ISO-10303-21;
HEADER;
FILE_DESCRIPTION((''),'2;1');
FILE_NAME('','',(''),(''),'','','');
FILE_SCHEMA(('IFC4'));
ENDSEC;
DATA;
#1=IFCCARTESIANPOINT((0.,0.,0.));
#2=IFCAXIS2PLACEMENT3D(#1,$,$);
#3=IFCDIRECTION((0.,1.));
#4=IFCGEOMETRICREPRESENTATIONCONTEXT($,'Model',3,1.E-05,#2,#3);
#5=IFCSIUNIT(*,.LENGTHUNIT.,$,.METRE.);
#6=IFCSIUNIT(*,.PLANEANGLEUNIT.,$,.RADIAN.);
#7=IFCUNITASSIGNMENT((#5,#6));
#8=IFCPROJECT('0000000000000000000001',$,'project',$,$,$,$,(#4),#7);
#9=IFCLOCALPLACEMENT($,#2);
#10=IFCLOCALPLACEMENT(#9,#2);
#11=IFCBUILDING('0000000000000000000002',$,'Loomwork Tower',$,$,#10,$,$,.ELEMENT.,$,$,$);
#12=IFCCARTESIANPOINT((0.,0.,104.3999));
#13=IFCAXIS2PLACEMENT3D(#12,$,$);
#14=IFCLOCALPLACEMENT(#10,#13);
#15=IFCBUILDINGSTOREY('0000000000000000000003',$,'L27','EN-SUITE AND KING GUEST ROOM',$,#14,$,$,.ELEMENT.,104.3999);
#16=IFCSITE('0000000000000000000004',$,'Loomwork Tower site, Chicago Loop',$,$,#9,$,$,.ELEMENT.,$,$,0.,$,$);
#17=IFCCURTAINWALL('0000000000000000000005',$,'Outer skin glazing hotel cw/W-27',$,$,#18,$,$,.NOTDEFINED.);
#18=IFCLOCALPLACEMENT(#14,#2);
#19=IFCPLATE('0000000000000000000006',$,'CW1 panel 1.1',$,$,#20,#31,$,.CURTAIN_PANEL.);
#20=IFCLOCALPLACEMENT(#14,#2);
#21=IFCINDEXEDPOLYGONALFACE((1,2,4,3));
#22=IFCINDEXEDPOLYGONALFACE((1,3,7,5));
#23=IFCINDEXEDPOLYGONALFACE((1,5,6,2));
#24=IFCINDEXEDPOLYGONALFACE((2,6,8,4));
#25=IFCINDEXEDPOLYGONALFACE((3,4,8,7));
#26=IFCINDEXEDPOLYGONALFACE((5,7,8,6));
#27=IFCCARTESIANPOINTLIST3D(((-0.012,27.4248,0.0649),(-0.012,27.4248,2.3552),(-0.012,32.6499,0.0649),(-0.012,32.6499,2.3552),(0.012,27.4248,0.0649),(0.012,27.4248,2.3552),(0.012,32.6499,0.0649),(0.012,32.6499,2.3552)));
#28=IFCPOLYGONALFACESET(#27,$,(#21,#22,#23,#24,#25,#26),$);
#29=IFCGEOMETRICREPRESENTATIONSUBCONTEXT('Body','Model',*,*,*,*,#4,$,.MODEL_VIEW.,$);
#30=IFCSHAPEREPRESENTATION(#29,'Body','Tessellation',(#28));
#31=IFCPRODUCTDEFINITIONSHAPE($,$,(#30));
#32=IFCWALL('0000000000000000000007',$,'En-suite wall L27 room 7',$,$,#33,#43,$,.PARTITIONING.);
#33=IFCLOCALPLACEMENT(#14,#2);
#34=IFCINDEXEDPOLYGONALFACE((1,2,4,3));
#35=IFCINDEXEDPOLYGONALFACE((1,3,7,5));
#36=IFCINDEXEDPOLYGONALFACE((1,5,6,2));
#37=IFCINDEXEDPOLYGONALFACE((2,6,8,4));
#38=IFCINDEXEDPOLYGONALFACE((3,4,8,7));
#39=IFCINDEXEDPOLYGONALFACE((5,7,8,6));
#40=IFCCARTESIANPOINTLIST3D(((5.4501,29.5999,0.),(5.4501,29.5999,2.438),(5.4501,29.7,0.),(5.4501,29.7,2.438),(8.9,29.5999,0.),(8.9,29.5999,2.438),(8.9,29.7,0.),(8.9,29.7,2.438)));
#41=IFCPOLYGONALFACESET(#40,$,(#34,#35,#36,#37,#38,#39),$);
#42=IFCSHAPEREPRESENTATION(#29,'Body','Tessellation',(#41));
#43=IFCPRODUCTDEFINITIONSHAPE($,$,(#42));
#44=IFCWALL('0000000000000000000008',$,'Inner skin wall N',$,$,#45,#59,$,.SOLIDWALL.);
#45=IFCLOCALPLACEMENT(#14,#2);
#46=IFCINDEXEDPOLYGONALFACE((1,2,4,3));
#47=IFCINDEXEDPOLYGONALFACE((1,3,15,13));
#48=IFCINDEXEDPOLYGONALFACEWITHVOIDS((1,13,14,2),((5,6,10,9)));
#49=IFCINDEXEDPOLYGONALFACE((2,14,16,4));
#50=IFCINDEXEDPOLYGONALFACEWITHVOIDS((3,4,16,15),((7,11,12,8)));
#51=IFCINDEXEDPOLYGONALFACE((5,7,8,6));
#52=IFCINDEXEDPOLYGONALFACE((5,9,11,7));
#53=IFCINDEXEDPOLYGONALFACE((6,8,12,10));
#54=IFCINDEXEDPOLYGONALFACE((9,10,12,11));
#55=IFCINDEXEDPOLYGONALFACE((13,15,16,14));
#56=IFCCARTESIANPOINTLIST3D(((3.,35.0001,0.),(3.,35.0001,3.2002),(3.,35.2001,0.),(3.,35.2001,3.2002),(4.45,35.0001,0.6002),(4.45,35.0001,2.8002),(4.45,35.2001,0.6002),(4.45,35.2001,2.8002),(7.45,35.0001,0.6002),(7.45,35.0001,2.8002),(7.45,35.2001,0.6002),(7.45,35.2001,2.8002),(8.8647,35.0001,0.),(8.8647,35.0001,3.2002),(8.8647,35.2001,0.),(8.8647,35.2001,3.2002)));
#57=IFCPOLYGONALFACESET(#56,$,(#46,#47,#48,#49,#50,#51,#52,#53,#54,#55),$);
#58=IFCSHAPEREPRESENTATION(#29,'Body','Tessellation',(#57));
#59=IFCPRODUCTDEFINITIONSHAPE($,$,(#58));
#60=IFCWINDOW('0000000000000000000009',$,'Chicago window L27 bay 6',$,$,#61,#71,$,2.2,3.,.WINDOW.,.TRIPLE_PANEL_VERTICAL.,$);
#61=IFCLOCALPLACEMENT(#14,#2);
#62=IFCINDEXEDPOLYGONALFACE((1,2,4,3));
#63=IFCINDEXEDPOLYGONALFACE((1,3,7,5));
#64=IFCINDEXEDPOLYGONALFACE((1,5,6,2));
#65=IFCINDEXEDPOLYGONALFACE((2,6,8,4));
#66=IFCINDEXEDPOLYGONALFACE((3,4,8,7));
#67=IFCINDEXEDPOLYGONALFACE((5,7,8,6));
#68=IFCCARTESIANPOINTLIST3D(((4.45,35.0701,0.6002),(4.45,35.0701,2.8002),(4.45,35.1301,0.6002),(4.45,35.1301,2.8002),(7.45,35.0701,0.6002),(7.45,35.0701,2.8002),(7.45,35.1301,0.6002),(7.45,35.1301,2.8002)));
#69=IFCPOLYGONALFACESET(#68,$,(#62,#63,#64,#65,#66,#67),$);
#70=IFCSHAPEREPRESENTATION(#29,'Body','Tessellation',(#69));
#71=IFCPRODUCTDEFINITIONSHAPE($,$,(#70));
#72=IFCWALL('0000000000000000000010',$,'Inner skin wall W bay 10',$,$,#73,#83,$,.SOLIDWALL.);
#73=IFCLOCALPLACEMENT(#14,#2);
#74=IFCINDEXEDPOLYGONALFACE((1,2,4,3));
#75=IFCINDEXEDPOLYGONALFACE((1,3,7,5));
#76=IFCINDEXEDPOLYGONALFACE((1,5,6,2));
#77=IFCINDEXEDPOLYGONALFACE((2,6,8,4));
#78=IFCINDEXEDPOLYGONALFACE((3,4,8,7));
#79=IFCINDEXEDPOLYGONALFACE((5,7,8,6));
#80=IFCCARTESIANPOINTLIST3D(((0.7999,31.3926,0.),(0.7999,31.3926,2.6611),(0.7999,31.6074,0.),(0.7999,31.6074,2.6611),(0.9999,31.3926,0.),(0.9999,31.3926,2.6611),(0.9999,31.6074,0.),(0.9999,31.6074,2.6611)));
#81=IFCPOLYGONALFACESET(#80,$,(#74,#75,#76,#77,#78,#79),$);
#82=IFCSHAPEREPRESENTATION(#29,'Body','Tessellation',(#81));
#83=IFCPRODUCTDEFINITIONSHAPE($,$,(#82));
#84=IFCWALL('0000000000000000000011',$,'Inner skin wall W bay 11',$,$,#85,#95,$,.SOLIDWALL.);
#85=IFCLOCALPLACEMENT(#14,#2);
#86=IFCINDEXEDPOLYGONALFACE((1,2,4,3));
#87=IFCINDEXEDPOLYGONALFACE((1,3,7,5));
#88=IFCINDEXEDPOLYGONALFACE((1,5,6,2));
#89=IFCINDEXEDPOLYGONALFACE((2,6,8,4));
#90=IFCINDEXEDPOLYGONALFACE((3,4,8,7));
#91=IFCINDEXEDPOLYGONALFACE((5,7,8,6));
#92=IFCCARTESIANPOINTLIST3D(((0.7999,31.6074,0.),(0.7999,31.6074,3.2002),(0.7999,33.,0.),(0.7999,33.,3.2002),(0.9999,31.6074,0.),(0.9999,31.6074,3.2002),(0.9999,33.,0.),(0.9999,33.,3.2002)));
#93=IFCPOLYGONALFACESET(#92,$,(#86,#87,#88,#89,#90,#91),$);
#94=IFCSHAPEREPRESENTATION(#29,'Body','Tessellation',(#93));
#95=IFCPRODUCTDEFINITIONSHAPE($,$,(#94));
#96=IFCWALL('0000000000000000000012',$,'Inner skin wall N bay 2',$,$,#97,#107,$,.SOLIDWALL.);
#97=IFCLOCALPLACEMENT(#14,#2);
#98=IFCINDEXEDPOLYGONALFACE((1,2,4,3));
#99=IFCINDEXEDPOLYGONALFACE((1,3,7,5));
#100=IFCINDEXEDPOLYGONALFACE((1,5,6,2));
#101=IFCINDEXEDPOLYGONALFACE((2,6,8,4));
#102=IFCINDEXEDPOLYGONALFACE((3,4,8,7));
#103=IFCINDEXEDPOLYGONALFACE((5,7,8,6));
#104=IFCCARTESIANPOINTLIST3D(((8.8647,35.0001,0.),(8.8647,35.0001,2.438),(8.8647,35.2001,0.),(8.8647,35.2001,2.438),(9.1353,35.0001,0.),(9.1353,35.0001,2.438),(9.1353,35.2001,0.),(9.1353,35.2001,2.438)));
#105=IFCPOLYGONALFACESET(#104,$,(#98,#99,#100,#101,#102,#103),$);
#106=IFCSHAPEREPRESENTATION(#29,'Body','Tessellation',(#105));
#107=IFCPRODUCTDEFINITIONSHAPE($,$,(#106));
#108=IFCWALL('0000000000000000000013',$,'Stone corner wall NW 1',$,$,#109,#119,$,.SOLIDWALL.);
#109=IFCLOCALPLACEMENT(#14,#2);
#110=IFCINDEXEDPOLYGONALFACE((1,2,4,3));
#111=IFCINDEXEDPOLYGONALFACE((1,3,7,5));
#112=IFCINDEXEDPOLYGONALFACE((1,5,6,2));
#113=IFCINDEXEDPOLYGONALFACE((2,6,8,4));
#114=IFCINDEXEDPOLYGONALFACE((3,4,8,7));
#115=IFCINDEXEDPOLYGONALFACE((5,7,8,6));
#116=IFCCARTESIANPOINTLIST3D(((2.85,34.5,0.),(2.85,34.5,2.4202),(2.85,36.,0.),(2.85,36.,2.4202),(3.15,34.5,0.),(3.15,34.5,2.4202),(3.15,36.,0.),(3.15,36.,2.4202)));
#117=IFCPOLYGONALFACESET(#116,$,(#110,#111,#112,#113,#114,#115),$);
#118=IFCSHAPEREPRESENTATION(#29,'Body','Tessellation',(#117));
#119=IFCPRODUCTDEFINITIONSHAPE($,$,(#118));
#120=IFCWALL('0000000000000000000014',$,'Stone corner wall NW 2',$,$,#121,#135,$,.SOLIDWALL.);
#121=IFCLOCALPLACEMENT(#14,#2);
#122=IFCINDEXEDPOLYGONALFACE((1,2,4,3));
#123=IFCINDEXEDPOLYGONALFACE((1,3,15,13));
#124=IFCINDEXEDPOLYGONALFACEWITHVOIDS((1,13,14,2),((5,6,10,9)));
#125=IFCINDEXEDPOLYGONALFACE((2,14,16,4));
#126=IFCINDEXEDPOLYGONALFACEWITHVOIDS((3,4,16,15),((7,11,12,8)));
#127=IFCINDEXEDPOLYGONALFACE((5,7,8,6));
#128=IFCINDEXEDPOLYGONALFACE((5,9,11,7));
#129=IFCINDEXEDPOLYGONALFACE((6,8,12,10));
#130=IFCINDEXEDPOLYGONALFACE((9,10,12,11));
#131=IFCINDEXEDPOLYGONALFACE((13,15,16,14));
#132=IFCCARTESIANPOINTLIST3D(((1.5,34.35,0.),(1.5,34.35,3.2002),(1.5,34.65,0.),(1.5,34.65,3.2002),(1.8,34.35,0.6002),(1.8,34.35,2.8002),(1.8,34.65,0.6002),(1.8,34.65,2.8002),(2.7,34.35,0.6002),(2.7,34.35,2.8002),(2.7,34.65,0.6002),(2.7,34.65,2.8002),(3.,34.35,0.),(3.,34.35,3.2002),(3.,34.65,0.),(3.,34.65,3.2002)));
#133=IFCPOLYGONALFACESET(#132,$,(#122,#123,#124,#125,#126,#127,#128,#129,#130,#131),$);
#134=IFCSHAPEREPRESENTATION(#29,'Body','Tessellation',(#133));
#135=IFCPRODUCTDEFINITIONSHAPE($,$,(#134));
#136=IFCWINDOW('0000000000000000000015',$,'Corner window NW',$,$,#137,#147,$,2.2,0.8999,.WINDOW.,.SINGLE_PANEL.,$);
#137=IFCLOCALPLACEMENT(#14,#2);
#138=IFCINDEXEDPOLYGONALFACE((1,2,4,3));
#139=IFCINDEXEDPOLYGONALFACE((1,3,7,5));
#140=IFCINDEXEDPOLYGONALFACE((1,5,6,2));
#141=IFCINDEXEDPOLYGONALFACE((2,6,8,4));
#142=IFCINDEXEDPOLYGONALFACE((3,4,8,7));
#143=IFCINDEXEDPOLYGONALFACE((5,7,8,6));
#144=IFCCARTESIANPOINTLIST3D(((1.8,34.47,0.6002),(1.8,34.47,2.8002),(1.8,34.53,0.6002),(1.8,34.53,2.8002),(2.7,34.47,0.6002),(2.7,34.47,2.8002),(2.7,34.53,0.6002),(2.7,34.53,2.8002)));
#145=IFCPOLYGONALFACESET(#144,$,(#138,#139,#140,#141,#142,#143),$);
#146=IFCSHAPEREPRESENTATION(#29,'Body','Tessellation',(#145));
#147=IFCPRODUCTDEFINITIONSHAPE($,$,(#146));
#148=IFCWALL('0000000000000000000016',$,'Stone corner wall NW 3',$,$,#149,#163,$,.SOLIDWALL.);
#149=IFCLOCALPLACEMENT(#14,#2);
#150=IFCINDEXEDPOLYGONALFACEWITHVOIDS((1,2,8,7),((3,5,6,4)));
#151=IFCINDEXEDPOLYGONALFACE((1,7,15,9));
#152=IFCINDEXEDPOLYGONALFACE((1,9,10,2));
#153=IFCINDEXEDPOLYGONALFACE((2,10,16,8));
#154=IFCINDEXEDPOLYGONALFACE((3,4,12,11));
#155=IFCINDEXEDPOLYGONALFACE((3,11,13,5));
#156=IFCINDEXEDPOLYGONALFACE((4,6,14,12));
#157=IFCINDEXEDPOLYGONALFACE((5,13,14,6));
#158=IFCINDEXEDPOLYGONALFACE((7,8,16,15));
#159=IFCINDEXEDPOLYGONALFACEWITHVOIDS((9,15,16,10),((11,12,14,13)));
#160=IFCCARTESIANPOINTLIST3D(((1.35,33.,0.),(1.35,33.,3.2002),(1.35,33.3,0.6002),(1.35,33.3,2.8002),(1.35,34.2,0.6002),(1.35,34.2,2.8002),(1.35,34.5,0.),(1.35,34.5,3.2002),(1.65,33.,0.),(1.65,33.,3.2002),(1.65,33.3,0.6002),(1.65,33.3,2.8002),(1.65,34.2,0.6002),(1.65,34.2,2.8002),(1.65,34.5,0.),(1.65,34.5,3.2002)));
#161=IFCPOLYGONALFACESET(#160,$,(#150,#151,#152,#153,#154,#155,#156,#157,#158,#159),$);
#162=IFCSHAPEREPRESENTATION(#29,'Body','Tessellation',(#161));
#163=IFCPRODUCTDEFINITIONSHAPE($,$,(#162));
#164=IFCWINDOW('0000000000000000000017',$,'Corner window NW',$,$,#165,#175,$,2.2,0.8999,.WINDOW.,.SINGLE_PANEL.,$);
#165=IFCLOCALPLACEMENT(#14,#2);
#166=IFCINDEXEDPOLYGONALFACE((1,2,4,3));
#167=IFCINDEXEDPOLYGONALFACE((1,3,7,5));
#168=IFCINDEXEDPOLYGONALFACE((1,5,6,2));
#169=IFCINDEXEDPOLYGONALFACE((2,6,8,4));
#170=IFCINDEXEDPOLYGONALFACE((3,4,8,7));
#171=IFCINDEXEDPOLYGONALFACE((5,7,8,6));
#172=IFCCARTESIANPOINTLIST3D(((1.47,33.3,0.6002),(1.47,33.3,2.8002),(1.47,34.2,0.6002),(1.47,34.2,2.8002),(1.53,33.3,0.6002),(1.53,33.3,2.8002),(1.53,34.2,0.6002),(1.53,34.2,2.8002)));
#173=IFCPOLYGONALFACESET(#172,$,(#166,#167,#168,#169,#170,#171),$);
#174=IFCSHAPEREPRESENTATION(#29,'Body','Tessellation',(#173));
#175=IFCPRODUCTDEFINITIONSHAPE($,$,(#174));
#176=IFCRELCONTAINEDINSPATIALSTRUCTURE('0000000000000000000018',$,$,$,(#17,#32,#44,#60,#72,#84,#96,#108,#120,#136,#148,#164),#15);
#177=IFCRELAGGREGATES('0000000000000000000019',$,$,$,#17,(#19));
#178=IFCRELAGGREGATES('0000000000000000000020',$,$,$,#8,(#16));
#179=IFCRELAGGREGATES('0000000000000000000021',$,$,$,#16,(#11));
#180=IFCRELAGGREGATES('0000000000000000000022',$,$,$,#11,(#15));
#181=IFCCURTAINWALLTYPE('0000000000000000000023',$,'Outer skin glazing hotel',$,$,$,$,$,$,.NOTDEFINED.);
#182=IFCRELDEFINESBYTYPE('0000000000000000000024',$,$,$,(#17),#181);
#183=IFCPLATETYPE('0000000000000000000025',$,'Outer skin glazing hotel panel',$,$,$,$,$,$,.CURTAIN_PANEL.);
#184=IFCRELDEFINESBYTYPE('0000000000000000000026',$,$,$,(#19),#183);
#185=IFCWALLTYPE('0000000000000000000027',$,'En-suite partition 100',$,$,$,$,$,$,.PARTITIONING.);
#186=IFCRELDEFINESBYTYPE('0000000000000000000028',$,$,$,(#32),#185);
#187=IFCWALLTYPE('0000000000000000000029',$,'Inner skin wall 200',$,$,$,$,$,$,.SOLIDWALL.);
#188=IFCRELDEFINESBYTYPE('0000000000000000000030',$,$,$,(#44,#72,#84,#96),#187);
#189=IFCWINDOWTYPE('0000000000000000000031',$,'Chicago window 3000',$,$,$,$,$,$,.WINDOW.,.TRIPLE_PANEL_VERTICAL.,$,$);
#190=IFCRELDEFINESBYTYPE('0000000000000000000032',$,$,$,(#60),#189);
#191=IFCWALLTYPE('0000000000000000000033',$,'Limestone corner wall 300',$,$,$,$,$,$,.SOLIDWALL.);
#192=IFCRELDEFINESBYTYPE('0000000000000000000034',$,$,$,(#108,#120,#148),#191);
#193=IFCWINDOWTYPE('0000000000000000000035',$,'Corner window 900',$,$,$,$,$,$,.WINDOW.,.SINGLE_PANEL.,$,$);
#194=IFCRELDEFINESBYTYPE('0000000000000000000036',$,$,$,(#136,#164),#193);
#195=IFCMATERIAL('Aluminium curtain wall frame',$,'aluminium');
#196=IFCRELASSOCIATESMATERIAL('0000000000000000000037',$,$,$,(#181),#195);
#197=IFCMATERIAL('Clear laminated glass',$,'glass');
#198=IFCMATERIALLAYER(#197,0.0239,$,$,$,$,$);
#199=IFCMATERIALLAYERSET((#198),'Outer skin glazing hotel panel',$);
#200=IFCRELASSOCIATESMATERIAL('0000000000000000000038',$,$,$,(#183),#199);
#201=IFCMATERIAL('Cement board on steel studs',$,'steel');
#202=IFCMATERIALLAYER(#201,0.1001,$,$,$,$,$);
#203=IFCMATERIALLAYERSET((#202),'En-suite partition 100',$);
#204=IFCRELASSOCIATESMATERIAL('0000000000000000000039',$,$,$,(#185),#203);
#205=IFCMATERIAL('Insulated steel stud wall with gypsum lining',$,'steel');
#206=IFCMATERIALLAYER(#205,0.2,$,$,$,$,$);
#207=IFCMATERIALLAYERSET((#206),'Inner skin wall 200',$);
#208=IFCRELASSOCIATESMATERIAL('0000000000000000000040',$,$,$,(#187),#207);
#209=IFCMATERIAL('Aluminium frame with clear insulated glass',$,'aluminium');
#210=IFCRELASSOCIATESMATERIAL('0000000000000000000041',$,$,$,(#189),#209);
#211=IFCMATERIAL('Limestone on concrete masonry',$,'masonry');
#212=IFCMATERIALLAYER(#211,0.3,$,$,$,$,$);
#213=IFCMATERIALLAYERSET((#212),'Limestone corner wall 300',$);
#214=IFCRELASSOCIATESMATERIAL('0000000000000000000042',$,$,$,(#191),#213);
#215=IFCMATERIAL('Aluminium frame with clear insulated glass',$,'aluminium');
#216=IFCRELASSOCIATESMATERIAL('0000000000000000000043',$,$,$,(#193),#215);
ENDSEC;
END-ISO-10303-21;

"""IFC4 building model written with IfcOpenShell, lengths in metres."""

from ifc_helpers import new_model, si_unit, direction, frame, frame_2d, origin, origin_2d, place, context, subcontext, project, spatial, rectangle, extrude, material, layer, layer_set, type_object, element, fill, aggregate, save


model = new_model("IFC4")

# Units and contexts
model_context = context("Model", 3, precision=1e-05, world=origin(), true_north=direction((0.0, 1.0)))
body_context = subcontext(model_context, "Body", "Model", "MODEL_VIEW")
ifc_project = project(units=[si_unit("LENGTHUNIT", "METRE"), si_unit("PLANEANGLEUNIT", "RADIAN")], contexts=[model_context])

# Site, building, storey
site_placement = place(None, origin())
site = spatial("IfcSite", under=ifc_project, at=site_placement, Name="Loomwork Tower site, Chicago Loop", CompositionType="ELEMENT", RefElevation=0.0)
building_placement = place(site_placement, origin())
building = spatial("IfcBuilding", under=site, at=building_placement, Name="Loomwork Tower", CompositionType="ELEMENT")
storey_placement = place(building_placement, frame((0.0, 0.0, 104.3999)))
storey = spatial("IfcBuildingStorey", under=building, at=storey_placement, Name="L27", Description="EN-SUITE AND KING GUEST ROOM", CompositionType="ELEMENT", Elevation=104.3999)

# Curtain wall
ifc_material_1 = material(Name="Aluminium curtain wall frame", Category="aluminium")
curtain_wall_type = type_object("IfcCurtainWallType", Name="Outer skin glazing hotel", PredefinedType="NOTDEFINED", material=ifc_material_1)
curtain_wall_1_placement = place(storey_placement, origin())
curtain_wall_1 = element("IfcCurtainWall", 1, at=curtain_wall_1_placement, inside=storey, type_object=curtain_wall_type, Name="Outer skin glazing hotel cw/W-27", PredefinedType="NOTDEFINED")

# Plate
ifc_material_2 = material(Name="Clear laminated glass", Category="glass")
ifc_layer_1 = layer(ifc_material_2, 0.0239)
ifc_layer_set_1 = layer_set([ifc_layer_1], Name="Outer skin glazing hotel panel")
plate_type = type_object("IfcPlateType", Name="Outer skin glazing hotel panel", PredefinedType="CURTAIN_PANEL", material=ifc_layer_set_1)
plate_1_placement = place(storey_placement, frame((0.0, 30.0374, 0.0649), z_axis=(0.0, 0.0, 1.0), x_axis=(0.0, -1.0, 0.0)))
plate_1 = element("IfcPlate", 2, at=plate_1_placement, type_object=plate_type, Name="CW1 panel 1.1", PredefinedType="CURTAIN_PANEL", context=body_context, shape_type="SweptSolid", body=[
    extrude(rectangle(XDim=5.2251, YDim=0.0239, at=origin_2d()), origin(), (0.0, 0.0, 1.0), 2.2903),
])
aggregate(curtain_wall_1, [plate_1])

# Wall
ifc_material_3 = material(Name="Cement board on steel studs", Category="steel")
ifc_layer_2 = layer(ifc_material_3, 0.1001)
ifc_layer_set_2 = layer_set([ifc_layer_2], Name="En-suite partition 100")
wall_type_1 = type_object("IfcWallType", Name="En-suite partition 100", PredefinedType="PARTITIONING", material=ifc_layer_set_2)
wall_1_placement = place(storey_placement, frame((5.45, 29.6499, 0.0), z_axis=(0.0, 0.0, 1.0), x_axis=(1.0, 0.0, 0.0)))
element("IfcWall", 3, at=wall_1_placement, inside=storey, type_object=wall_type_1, Name="En-suite wall L27 room 7", PredefinedType="PARTITIONING", context=body_context, shape_type="SweptSolid", body=[
    extrude(rectangle(XDim=3.45, YDim=0.1001, at=frame_2d((1.7251, 0.0))), origin(), (0.0, 0.0, 1.0), 2.438),
])

# Wall, opening, window
ifc_material_4 = material(Name="Insulated steel stud wall with gypsum lining", Category="steel")
ifc_layer_3 = layer(ifc_material_4, 0.2)
ifc_layer_set_3 = layer_set([ifc_layer_3], Name="Inner skin wall 200")
wall_type_2 = type_object("IfcWallType", Name="Inner skin wall 200", PredefinedType="SOLIDWALL", material=ifc_layer_set_3)
wall_2_placement = place(storey_placement, frame((3.0, 35.1001, 0.0), z_axis=(0.0, 0.0, 1.0), x_axis=(1.0, 0.0, 0.0)))
wall_2 = element("IfcWall", 4, at=wall_2_placement, inside=storey, type_object=wall_type_2, Name="Inner skin wall N", PredefinedType="SOLIDWALL", context=body_context, shape_type="SweptSolid", body=[
    extrude(rectangle(XDim=5.8647, YDim=0.2, at=frame_2d((2.9324, 0.0))), origin(), (0.0, 0.0, 1.0), 3.2002),
])
opening_1_placement = place(wall_2_placement, frame((1.45, 0.0, 0.6001)))
opening_1 = element("IfcOpeningElement", 5, at=opening_1_placement, cuts=wall_2, PredefinedType="OPENING", context=body_context, shape_type="SweptSolid", body=[
    extrude(rectangle(XDim=3.0, YDim=2.2, at=frame_2d((1.5, 1.1001))), frame((0.0, 0.1099, 0.0), z_axis=(0.0, -1.0, 0.0), x_axis=(1.0, 0.0, 0.0)), (0.0, 0.0, 1.0), 0.22),
])
ifc_material_5 = material(Name="Aluminium frame with clear insulated glass", Category="aluminium")
window_type_1 = type_object("IfcWindowType", Name="Chicago window 3000", PartitioningType="TRIPLE_PANEL_VERTICAL", PredefinedType="WINDOW", material=ifc_material_5)
window_1_placement = place(opening_1_placement, origin())
window_1 = element("IfcWindow", 6, at=window_1_placement, inside=storey, type_object=window_type_1, Name="Chicago window L27 bay 6", OverallHeight=2.2, OverallWidth=3.0, PartitioningType="TRIPLE_PANEL_VERTICAL", PredefinedType="WINDOW", context=body_context, shape_type="SweptSolid", body=[
    extrude(rectangle(XDim=3.0, YDim=2.2, at=frame_2d((1.5, 1.1001))), frame((0.0, 0.03, 0.0), z_axis=(0.0, -1.0, 0.0), x_axis=(1.0, 0.0, 0.0)), (0.0, 0.0, 1.0), 0.0601),
])
fill(opening_1, window_1)

# Walls
wall_3_placement = place(storey_placement, frame((0.8999, 31.3926, 0.0), z_axis=(0.0, 0.0, 1.0), x_axis=(0.0, 1.0, 0.0)))
element("IfcWall", 7, at=wall_3_placement, inside=storey, type_object=wall_type_2, Name="Inner skin wall W bay 10", PredefinedType="SOLIDWALL", context=body_context, shape_type="SweptSolid", body=[
    extrude(rectangle(XDim=0.2148, YDim=0.2, at=frame_2d((0.1074, 0.0))), origin(), (0.0, 0.0, 1.0), 2.6611),
])
wall_4_placement = place(storey_placement, frame((0.8999, 31.6074, 0.0), z_axis=(0.0, 0.0, 1.0), x_axis=(0.0, 1.0, 0.0)))
element("IfcWall", 8, at=wall_4_placement, inside=storey, type_object=wall_type_2, Name="Inner skin wall W bay 11", PredefinedType="SOLIDWALL", context=body_context, shape_type="SweptSolid", body=[
    extrude(rectangle(XDim=1.3926, YDim=0.2, at=frame_2d((0.6963, 0.0))), origin(), (0.0, 0.0, 1.0), 3.2002),
])
wall_5_placement = place(storey_placement, frame((8.8647, 35.1001, 0.0), z_axis=(0.0, 0.0, 1.0), x_axis=(1.0, 0.0, 0.0)))
element("IfcWall", 9, at=wall_5_placement, inside=storey, type_object=wall_type_2, Name="Inner skin wall N bay 2", PredefinedType="SOLIDWALL", context=body_context, shape_type="SweptSolid", body=[
    extrude(rectangle(XDim=0.2705, YDim=0.2, at=frame_2d((0.1353, 0.0))), origin(), (0.0, 0.0, 1.0), 2.438),
])
ifc_material_6 = material(Name="Limestone on concrete masonry", Category="masonry")
ifc_layer_4 = layer(ifc_material_6, 0.3)
ifc_layer_set_4 = layer_set([ifc_layer_4], Name="Limestone corner wall 300")
wall_type_3 = type_object("IfcWallType", Name="Limestone corner wall 300", PredefinedType="SOLIDWALL", material=ifc_layer_set_4)
wall_6_placement = place(storey_placement, frame((3.0, 36.0, 0.0), z_axis=(0.0, 0.0, 1.0), x_axis=(0.0, -1.0, 0.0)))
element("IfcWall", 10, at=wall_6_placement, inside=storey, type_object=wall_type_3, Name="Stone corner wall NW 1", PredefinedType="SOLIDWALL", context=body_context, shape_type="SweptSolid", body=[
    extrude(rectangle(XDim=1.5, YDim=0.3, at=frame_2d((0.75, 0.0))), origin(), (0.0, 0.0, 1.0), 2.4202),
])

# Walls, openings, windows
wall_7_placement = place(storey_placement, frame((3.0, 34.5, 0.0), z_axis=(0.0, 0.0, 1.0), x_axis=(-1.0, 0.0, 0.0)))
wall_7 = element("IfcWall", 11, at=wall_7_placement, inside=storey, type_object=wall_type_3, Name="Stone corner wall NW 2", PredefinedType="SOLIDWALL", context=body_context, shape_type="SweptSolid", body=[
    extrude(rectangle(XDim=1.5, YDim=0.3, at=frame_2d((0.75, 0.0))), origin(), (0.0, 0.0, 1.0), 3.2002),
])
opening_2_placement = place(wall_7_placement, frame((0.3, 0.0, 0.6001)))
opening_2 = element("IfcOpeningElement", 12, at=opening_2_placement, cuts=wall_7, PredefinedType="OPENING", context=body_context, shape_type="SweptSolid", body=[
    extrude(rectangle(XDim=0.8999, YDim=2.2, at=frame_2d((0.45, 1.1001))), frame((0.0, 0.1599, 0.0), z_axis=(0.0, -1.0, 0.0), x_axis=(1.0, 0.0, 0.0)), (0.0, 0.0, 1.0), 0.3201),
])
ifc_material_7 = material(Name="Aluminium frame with clear insulated glass", Category="aluminium")
window_type_2 = type_object("IfcWindowType", Name="Corner window 900", PartitioningType="SINGLE_PANEL", PredefinedType="WINDOW", material=ifc_material_7)
window_2_placement = place(opening_2_placement, origin())
window_2 = element("IfcWindow", 13, at=window_2_placement, inside=storey, type_object=window_type_2, Name="Corner window NW", OverallHeight=2.2, OverallWidth=0.8999, PartitioningType="SINGLE_PANEL", PredefinedType="WINDOW", context=body_context, shape_type="SweptSolid", body=[
    extrude(rectangle(XDim=0.8999, YDim=2.2, at=frame_2d((0.45, 1.1001))), frame((0.0, 0.03, 0.0), z_axis=(0.0, -1.0, 0.0), x_axis=(1.0, 0.0, 0.0)), (0.0, 0.0, 1.0), 0.0601),
])
fill(opening_2, window_2)
wall_8_placement = place(storey_placement, frame((1.5, 34.5, 0.0), z_axis=(0.0, 0.0, 1.0), x_axis=(0.0, -1.0, 0.0)))
wall_8 = element("IfcWall", 14, at=wall_8_placement, inside=storey, type_object=wall_type_3, Name="Stone corner wall NW 3", PredefinedType="SOLIDWALL", context=body_context, shape_type="SweptSolid", body=[
    extrude(rectangle(XDim=1.5, YDim=0.3, at=frame_2d((0.75, 0.0))), origin(), (0.0, 0.0, 1.0), 3.2002),
])
opening_3_placement = place(wall_8_placement, frame((0.3, 0.0, 0.6001)))
opening_3 = element("IfcOpeningElement", 15, at=opening_3_placement, cuts=wall_8, PredefinedType="OPENING", context=body_context, shape_type="SweptSolid", body=[
    extrude(rectangle(XDim=0.8999, YDim=2.2, at=frame_2d((0.45, 1.1001))), frame((0.0, 0.1599, 0.0), z_axis=(0.0, -1.0, 0.0), x_axis=(1.0, 0.0, 0.0)), (0.0, 0.0, 1.0), 0.3201),
])
window_3_placement = place(opening_3_placement, origin())
window_3 = element("IfcWindow", 16, at=window_3_placement, inside=storey, type_object=window_type_2, Name="Corner window NW", OverallHeight=2.2, OverallWidth=0.8999, PartitioningType="SINGLE_PANEL", PredefinedType="WINDOW", context=body_context, shape_type="SweptSolid", body=[
    extrude(rectangle(XDim=0.8999, YDim=2.2, at=frame_2d((0.45, 1.1001))), frame((0.0, 0.03, 0.0), z_axis=(0.0, -1.0, 0.0), x_axis=(1.0, 0.0, 0.0)), (0.0, 0.0, 1.0), 0.0601),
])
fill(opening_3, window_3)

save(model, "model.ifc")
